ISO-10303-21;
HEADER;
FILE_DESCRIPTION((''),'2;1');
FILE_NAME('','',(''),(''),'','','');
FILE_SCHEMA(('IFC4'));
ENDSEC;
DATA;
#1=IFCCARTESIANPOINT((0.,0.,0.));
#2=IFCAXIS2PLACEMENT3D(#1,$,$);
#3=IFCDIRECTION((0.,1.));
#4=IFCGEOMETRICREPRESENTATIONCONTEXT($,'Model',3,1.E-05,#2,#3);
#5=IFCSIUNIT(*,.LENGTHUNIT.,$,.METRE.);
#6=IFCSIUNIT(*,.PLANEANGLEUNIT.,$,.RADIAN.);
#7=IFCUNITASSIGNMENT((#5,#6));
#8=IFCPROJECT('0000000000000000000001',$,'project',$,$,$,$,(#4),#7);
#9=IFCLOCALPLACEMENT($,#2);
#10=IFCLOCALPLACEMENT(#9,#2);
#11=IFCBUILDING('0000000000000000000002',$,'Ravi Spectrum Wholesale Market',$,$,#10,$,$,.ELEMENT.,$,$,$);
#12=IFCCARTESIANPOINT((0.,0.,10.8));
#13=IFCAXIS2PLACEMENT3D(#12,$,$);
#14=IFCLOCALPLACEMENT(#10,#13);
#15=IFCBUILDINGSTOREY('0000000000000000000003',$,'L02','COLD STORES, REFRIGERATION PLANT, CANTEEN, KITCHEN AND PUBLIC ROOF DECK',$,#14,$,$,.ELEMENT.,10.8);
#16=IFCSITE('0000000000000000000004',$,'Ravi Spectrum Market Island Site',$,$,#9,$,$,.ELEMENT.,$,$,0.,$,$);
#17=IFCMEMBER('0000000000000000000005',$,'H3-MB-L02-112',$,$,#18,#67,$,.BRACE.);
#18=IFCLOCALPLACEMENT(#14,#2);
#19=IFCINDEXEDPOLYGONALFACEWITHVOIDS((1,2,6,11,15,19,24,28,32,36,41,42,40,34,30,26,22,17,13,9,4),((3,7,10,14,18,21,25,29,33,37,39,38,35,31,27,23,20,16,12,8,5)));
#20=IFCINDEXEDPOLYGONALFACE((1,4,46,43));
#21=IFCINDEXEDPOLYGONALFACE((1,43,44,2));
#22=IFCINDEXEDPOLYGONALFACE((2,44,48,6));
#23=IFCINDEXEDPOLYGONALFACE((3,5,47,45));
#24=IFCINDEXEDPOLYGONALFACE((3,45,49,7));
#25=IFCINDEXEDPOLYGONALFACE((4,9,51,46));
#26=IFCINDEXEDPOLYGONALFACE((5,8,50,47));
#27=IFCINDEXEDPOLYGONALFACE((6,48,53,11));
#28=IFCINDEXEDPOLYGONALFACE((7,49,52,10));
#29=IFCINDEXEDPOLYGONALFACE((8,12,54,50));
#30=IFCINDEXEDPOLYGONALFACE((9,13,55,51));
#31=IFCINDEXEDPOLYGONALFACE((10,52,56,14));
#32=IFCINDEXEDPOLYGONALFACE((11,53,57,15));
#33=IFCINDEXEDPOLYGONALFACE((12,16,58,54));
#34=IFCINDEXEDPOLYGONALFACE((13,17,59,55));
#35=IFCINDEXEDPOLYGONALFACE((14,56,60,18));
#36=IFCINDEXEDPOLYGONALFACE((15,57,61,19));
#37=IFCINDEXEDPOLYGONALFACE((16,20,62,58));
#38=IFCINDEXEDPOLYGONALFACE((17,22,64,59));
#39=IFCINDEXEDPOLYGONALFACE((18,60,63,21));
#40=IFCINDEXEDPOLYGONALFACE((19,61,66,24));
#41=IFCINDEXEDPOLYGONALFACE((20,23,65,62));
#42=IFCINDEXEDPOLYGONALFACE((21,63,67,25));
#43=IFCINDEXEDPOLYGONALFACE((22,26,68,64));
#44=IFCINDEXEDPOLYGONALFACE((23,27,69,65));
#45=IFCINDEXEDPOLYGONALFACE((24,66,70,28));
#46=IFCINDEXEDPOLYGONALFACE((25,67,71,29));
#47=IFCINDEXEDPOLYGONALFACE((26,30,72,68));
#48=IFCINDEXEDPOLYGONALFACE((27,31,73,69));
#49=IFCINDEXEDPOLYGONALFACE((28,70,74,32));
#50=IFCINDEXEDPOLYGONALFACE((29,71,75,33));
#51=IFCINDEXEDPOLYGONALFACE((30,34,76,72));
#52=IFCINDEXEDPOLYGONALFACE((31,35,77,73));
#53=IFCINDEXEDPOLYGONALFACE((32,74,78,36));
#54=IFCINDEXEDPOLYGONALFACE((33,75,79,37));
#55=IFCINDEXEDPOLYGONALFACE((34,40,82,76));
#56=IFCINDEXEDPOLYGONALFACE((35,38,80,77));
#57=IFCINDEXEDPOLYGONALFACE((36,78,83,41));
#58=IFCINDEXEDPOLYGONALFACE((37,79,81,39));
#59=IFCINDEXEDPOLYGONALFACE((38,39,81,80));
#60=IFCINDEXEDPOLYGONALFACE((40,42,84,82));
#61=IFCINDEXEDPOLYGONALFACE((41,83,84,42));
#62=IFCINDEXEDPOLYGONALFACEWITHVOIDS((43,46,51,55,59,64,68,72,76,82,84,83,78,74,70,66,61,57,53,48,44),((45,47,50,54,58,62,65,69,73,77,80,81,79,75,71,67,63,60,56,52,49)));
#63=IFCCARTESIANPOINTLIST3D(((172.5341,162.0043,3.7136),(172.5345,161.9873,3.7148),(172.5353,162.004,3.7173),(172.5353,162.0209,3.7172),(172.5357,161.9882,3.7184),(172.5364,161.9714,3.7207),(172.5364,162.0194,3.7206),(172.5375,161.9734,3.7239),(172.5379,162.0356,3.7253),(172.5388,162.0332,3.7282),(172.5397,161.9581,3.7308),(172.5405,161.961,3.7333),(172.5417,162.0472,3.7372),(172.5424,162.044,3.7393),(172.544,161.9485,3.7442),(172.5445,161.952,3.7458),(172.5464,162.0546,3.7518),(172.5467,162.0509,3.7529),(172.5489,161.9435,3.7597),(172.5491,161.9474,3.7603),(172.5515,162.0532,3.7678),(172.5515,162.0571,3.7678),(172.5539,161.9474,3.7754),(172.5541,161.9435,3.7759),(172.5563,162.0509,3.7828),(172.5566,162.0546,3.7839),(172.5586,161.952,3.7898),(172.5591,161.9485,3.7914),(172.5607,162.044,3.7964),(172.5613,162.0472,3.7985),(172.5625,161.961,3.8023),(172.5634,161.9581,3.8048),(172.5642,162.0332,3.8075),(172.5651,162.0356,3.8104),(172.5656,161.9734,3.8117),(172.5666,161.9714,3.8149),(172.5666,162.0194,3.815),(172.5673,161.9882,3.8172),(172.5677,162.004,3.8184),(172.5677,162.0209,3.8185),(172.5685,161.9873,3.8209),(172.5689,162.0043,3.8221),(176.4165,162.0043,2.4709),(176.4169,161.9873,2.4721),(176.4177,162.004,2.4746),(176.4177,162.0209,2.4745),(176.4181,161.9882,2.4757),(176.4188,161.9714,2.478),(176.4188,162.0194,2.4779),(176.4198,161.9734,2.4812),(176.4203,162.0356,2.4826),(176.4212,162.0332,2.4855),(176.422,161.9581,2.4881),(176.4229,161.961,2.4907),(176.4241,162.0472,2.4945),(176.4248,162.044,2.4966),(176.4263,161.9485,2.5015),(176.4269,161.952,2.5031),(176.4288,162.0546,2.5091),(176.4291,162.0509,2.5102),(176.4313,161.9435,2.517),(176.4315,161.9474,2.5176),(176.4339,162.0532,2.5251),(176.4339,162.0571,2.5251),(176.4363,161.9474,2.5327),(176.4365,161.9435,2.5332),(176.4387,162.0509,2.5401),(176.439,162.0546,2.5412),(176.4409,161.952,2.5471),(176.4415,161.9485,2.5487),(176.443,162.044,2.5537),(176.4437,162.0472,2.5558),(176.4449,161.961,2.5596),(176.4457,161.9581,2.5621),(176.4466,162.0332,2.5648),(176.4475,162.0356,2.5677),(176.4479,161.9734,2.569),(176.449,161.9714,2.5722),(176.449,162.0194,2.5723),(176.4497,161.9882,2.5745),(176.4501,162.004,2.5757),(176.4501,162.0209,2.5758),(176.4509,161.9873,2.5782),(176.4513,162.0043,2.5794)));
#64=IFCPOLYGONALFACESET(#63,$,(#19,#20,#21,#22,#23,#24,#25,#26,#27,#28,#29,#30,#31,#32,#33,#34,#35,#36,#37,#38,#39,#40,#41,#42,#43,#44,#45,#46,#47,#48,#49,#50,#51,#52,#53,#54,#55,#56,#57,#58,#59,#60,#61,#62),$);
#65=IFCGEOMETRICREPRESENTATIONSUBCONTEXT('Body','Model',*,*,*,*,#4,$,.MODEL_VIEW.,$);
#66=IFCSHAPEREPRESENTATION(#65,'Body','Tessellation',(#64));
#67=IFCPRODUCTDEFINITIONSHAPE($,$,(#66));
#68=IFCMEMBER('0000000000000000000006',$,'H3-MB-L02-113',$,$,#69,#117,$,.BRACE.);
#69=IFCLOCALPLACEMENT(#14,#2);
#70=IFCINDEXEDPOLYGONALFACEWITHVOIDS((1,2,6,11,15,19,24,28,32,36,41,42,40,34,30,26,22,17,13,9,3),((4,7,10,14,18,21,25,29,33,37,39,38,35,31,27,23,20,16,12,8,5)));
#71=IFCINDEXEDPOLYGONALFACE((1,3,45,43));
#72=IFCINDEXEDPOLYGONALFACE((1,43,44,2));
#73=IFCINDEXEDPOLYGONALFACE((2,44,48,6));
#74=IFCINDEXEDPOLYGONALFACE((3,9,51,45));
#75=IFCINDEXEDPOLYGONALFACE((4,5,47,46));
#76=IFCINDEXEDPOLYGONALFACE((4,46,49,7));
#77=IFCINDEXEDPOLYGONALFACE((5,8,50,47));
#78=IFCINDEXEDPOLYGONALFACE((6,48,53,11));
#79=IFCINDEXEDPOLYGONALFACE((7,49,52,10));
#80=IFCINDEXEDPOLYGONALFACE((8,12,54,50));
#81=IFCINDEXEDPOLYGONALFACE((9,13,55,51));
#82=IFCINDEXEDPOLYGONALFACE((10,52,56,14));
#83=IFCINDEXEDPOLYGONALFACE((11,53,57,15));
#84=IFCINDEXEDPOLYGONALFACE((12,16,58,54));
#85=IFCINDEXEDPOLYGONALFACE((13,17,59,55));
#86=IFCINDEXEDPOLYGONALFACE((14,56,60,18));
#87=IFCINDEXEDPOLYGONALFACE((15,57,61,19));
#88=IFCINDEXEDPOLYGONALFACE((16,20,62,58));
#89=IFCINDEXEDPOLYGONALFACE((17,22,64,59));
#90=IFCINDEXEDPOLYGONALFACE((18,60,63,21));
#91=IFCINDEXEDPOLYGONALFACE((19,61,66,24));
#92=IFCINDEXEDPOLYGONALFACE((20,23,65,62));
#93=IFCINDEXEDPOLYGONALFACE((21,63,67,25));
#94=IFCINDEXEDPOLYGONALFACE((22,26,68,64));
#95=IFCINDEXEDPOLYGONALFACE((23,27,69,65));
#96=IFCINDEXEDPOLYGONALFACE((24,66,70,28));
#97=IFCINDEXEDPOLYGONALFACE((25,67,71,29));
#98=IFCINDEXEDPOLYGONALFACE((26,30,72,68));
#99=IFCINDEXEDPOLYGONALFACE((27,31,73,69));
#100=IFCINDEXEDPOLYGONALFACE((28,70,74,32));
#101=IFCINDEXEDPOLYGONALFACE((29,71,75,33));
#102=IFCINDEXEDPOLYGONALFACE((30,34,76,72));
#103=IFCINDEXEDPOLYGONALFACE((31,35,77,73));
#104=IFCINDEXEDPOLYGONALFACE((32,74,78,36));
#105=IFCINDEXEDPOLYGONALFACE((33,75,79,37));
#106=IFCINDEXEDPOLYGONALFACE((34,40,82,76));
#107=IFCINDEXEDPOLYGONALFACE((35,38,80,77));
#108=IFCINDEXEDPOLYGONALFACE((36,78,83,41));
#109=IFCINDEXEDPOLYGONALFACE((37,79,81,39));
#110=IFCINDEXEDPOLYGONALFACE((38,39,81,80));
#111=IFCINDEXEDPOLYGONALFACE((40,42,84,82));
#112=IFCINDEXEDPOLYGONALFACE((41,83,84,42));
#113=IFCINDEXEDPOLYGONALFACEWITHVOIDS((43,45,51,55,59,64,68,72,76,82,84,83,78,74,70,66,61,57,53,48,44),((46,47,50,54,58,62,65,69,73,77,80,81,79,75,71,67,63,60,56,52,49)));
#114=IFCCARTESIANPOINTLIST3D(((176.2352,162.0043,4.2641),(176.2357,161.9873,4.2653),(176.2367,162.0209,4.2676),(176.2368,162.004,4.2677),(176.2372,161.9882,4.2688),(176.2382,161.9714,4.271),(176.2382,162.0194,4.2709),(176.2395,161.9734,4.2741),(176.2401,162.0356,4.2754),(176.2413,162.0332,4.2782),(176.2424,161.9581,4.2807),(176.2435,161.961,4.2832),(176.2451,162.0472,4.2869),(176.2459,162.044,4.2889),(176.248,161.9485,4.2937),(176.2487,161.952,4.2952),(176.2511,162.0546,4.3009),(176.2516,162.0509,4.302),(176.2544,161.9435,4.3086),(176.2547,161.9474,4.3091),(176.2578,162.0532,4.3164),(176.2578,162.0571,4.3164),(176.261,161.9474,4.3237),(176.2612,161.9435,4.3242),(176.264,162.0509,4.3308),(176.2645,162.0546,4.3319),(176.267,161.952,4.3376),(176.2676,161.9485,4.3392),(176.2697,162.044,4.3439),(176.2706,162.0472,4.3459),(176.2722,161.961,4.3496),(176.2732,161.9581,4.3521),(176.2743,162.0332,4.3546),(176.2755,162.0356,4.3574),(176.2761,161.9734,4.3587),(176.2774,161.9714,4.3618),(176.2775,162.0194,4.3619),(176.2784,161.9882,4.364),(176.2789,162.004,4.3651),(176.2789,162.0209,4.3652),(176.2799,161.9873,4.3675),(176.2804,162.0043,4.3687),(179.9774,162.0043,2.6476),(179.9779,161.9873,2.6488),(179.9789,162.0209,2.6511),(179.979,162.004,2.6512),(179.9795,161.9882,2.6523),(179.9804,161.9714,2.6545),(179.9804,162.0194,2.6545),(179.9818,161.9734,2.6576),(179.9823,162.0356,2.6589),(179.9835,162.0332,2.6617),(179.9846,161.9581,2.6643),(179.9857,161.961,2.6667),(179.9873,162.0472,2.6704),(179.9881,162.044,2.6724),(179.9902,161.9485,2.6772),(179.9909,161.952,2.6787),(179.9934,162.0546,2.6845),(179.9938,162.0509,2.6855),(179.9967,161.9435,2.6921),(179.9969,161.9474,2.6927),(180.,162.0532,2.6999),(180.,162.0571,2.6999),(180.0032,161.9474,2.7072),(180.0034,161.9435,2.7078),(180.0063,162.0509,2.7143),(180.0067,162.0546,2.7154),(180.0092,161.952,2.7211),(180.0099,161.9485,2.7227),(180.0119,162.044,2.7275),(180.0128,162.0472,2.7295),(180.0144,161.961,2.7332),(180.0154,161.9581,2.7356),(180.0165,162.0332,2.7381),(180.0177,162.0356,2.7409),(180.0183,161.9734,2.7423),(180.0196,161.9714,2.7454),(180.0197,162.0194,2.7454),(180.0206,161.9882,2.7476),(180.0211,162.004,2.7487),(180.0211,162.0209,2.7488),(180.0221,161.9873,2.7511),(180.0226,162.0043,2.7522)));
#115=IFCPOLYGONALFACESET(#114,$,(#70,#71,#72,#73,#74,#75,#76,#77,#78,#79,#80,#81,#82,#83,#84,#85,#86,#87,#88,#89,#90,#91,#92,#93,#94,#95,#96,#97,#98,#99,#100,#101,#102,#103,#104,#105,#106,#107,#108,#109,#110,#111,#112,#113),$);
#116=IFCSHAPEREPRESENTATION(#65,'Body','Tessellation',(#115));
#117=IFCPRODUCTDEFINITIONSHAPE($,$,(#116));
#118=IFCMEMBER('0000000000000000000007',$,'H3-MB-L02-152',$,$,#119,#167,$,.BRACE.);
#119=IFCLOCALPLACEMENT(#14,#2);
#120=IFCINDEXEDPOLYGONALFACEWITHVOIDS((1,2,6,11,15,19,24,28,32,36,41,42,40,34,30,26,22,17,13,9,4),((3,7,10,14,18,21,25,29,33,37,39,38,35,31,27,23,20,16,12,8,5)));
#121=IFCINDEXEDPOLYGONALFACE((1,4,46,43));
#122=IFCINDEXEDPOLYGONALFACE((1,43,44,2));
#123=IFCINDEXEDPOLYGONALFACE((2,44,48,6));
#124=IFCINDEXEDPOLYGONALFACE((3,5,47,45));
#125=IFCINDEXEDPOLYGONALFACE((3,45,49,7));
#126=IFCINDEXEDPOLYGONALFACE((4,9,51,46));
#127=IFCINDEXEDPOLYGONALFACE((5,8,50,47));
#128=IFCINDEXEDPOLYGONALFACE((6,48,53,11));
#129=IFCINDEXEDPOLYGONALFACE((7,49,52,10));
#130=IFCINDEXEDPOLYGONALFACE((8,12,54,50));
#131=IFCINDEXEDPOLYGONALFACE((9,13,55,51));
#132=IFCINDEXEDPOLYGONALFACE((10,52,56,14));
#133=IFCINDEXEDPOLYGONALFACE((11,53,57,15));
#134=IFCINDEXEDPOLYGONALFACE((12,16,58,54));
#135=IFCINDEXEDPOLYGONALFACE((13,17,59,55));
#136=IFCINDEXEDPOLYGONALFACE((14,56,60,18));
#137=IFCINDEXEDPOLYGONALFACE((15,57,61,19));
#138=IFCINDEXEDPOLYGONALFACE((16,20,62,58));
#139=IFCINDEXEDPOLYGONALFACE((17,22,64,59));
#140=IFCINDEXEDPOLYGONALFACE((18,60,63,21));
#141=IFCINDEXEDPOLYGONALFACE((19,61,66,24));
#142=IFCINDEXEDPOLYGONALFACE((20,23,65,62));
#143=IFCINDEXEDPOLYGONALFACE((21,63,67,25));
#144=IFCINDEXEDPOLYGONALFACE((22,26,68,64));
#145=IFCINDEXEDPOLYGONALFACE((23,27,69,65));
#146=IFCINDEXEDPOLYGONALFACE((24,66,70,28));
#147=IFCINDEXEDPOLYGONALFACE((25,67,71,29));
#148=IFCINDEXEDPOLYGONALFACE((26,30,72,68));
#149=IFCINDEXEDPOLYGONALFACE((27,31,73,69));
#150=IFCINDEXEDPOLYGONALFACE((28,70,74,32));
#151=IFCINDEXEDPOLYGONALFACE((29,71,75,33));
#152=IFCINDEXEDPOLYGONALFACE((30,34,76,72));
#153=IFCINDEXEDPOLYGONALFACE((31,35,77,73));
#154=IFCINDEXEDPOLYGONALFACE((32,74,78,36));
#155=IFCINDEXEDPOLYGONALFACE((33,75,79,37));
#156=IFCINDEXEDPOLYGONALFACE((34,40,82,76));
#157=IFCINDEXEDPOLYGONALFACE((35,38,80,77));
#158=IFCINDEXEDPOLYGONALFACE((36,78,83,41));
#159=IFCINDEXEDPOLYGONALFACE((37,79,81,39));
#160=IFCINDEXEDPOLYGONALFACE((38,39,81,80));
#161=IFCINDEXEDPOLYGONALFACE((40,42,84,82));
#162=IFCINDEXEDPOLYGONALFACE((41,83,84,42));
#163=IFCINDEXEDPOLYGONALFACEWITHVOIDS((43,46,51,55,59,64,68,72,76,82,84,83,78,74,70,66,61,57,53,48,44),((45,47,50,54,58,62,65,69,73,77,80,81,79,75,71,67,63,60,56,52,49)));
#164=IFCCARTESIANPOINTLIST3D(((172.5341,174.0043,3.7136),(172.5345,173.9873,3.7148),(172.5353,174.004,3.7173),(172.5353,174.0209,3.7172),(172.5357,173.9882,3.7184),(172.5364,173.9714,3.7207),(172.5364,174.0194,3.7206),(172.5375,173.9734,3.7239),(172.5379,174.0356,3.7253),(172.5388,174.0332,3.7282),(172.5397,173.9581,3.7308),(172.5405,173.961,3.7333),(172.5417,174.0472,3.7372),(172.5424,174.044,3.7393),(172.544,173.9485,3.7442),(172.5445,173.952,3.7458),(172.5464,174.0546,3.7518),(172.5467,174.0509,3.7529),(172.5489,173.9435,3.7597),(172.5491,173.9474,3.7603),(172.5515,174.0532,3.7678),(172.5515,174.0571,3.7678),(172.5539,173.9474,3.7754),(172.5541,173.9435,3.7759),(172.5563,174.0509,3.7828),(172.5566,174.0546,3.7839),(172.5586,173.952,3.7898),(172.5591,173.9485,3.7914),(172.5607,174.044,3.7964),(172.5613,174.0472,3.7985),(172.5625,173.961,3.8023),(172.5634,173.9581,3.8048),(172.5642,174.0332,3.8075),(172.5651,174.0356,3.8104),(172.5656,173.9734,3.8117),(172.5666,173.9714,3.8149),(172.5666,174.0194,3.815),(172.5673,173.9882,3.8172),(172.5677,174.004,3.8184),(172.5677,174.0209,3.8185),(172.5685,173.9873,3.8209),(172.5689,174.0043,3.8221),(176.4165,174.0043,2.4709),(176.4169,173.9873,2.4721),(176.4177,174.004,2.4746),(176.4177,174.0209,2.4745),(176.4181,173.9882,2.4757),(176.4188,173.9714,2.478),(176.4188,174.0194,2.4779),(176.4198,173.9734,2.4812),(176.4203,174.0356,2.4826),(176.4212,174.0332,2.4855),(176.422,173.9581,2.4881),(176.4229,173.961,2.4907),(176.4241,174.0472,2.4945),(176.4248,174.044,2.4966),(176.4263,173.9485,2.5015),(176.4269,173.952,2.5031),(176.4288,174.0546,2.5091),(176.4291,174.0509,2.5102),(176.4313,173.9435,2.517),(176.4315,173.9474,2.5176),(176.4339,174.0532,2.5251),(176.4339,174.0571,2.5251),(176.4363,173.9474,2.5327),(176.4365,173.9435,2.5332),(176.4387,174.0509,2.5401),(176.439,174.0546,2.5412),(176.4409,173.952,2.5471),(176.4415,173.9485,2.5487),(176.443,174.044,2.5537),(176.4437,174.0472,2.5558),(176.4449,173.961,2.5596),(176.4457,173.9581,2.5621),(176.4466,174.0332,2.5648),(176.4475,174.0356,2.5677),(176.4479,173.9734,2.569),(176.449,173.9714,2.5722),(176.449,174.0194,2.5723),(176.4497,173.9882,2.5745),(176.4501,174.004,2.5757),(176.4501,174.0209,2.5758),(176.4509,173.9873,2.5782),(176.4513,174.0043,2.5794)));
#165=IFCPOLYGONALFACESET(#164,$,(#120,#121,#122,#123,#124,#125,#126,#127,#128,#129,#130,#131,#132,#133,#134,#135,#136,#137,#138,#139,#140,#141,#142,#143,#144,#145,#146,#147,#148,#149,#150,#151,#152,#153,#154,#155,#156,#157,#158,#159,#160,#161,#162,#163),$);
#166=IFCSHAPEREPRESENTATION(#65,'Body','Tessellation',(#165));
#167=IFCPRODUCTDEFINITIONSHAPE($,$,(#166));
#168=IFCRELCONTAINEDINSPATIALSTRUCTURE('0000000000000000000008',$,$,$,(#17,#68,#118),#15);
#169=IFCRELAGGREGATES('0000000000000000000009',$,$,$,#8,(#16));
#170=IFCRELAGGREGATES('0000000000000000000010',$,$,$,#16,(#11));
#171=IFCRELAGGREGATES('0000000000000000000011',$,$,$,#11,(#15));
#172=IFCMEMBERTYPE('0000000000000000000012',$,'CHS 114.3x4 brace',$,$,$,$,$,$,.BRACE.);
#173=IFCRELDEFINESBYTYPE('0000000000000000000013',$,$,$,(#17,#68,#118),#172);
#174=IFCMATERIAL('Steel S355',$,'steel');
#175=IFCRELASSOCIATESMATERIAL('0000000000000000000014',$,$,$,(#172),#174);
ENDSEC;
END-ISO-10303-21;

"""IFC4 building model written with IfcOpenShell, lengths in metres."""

from ifc_helpers import new_model, si_unit, direction, frame, origin, origin_2d, place, context, subcontext, project, spatial, hollow_circle, extrude, material, material_profile, profile_set, type_object, element, save


model = new_model("IFC4")

# Units and contexts
model_context = context("Model", 3, precision=1e-05, world=origin(), true_north=direction((0.0, 1.0)))
body_context = subcontext(model_context, "Body", "Model", "MODEL_VIEW")
ifc_project = project(units=[si_unit("LENGTHUNIT", "METRE"), si_unit("PLANEANGLEUNIT", "RADIAN")], contexts=[model_context])

# Site, building, storey
site_placement = place(None, origin())
site = spatial("IfcSite", under=ifc_project, at=site_placement, Name="Ravi Spectrum Market Island Site", CompositionType="ELEMENT", RefElevation=0.0)
building_placement = place(site_placement, origin())
building = spatial("IfcBuilding", under=site, at=building_placement, Name="Ravi Spectrum Wholesale Market", CompositionType="ELEMENT")
storey_placement = place(building_placement, frame((0.0, 0.0, 10.8)))
storey = spatial("IfcBuildingStorey", under=building, at=storey_placement, Name="L02", Description="COLD STORES, REFRIGERATION PLANT, CANTEEN, KITCHEN AND PUBLIC ROOF DECK", CompositionType="ELEMENT", Elevation=10.8)

# Members
ifc_material_1 = material(Name="Steel S355", Category="steel")
ifc_material_profile_1 = material_profile(ifc_material_1, hollow_circle(Radius=0.0571, WallThickness=0.0039, at=origin_2d()))
ifc_profile_set_1 = profile_set([ifc_material_profile_1], Name="Steel S355")
member_type_1 = type_object("IfcMemberType", Name="CHS 114.3x4 brace", PredefinedType="BRACE", material=ifc_profile_set_1)
for number, where, z_axis, x_axis, name in (
    (1, (172.5515, 162.0, 3.7678), (0.952401, 0.0, -0.30485), (0.0, 1.0, 0.0), "H3-MB-L02-112"),
    (2, (176.2578, 162.0, 4.3164), (0.918017, 0.0, -0.396542), (0.0, 1.0, 0.0), "H3-MB-L02-113"),
    (3, (172.5515, 174.0, 3.7678), (0.952401, 0.0, -0.30485), (0.0, 1.0, 0.0), "H3-MB-L02-152"),
):
    element("IfcMember", number, at=place(storey_placement, frame(where, z_axis=z_axis, x_axis=x_axis)), inside=storey, type_object=member_type_1, Name=name, PredefinedType="BRACE", context=body_context, shape_type="SweptSolid", body=[
        extrude(hollow_circle(Radius=0.0571, WallThickness=0.0039, at=origin_2d()), origin(), (0.0, 0.0, 1.0), 4.0764),
    ])

save(model, "model.ifc")
